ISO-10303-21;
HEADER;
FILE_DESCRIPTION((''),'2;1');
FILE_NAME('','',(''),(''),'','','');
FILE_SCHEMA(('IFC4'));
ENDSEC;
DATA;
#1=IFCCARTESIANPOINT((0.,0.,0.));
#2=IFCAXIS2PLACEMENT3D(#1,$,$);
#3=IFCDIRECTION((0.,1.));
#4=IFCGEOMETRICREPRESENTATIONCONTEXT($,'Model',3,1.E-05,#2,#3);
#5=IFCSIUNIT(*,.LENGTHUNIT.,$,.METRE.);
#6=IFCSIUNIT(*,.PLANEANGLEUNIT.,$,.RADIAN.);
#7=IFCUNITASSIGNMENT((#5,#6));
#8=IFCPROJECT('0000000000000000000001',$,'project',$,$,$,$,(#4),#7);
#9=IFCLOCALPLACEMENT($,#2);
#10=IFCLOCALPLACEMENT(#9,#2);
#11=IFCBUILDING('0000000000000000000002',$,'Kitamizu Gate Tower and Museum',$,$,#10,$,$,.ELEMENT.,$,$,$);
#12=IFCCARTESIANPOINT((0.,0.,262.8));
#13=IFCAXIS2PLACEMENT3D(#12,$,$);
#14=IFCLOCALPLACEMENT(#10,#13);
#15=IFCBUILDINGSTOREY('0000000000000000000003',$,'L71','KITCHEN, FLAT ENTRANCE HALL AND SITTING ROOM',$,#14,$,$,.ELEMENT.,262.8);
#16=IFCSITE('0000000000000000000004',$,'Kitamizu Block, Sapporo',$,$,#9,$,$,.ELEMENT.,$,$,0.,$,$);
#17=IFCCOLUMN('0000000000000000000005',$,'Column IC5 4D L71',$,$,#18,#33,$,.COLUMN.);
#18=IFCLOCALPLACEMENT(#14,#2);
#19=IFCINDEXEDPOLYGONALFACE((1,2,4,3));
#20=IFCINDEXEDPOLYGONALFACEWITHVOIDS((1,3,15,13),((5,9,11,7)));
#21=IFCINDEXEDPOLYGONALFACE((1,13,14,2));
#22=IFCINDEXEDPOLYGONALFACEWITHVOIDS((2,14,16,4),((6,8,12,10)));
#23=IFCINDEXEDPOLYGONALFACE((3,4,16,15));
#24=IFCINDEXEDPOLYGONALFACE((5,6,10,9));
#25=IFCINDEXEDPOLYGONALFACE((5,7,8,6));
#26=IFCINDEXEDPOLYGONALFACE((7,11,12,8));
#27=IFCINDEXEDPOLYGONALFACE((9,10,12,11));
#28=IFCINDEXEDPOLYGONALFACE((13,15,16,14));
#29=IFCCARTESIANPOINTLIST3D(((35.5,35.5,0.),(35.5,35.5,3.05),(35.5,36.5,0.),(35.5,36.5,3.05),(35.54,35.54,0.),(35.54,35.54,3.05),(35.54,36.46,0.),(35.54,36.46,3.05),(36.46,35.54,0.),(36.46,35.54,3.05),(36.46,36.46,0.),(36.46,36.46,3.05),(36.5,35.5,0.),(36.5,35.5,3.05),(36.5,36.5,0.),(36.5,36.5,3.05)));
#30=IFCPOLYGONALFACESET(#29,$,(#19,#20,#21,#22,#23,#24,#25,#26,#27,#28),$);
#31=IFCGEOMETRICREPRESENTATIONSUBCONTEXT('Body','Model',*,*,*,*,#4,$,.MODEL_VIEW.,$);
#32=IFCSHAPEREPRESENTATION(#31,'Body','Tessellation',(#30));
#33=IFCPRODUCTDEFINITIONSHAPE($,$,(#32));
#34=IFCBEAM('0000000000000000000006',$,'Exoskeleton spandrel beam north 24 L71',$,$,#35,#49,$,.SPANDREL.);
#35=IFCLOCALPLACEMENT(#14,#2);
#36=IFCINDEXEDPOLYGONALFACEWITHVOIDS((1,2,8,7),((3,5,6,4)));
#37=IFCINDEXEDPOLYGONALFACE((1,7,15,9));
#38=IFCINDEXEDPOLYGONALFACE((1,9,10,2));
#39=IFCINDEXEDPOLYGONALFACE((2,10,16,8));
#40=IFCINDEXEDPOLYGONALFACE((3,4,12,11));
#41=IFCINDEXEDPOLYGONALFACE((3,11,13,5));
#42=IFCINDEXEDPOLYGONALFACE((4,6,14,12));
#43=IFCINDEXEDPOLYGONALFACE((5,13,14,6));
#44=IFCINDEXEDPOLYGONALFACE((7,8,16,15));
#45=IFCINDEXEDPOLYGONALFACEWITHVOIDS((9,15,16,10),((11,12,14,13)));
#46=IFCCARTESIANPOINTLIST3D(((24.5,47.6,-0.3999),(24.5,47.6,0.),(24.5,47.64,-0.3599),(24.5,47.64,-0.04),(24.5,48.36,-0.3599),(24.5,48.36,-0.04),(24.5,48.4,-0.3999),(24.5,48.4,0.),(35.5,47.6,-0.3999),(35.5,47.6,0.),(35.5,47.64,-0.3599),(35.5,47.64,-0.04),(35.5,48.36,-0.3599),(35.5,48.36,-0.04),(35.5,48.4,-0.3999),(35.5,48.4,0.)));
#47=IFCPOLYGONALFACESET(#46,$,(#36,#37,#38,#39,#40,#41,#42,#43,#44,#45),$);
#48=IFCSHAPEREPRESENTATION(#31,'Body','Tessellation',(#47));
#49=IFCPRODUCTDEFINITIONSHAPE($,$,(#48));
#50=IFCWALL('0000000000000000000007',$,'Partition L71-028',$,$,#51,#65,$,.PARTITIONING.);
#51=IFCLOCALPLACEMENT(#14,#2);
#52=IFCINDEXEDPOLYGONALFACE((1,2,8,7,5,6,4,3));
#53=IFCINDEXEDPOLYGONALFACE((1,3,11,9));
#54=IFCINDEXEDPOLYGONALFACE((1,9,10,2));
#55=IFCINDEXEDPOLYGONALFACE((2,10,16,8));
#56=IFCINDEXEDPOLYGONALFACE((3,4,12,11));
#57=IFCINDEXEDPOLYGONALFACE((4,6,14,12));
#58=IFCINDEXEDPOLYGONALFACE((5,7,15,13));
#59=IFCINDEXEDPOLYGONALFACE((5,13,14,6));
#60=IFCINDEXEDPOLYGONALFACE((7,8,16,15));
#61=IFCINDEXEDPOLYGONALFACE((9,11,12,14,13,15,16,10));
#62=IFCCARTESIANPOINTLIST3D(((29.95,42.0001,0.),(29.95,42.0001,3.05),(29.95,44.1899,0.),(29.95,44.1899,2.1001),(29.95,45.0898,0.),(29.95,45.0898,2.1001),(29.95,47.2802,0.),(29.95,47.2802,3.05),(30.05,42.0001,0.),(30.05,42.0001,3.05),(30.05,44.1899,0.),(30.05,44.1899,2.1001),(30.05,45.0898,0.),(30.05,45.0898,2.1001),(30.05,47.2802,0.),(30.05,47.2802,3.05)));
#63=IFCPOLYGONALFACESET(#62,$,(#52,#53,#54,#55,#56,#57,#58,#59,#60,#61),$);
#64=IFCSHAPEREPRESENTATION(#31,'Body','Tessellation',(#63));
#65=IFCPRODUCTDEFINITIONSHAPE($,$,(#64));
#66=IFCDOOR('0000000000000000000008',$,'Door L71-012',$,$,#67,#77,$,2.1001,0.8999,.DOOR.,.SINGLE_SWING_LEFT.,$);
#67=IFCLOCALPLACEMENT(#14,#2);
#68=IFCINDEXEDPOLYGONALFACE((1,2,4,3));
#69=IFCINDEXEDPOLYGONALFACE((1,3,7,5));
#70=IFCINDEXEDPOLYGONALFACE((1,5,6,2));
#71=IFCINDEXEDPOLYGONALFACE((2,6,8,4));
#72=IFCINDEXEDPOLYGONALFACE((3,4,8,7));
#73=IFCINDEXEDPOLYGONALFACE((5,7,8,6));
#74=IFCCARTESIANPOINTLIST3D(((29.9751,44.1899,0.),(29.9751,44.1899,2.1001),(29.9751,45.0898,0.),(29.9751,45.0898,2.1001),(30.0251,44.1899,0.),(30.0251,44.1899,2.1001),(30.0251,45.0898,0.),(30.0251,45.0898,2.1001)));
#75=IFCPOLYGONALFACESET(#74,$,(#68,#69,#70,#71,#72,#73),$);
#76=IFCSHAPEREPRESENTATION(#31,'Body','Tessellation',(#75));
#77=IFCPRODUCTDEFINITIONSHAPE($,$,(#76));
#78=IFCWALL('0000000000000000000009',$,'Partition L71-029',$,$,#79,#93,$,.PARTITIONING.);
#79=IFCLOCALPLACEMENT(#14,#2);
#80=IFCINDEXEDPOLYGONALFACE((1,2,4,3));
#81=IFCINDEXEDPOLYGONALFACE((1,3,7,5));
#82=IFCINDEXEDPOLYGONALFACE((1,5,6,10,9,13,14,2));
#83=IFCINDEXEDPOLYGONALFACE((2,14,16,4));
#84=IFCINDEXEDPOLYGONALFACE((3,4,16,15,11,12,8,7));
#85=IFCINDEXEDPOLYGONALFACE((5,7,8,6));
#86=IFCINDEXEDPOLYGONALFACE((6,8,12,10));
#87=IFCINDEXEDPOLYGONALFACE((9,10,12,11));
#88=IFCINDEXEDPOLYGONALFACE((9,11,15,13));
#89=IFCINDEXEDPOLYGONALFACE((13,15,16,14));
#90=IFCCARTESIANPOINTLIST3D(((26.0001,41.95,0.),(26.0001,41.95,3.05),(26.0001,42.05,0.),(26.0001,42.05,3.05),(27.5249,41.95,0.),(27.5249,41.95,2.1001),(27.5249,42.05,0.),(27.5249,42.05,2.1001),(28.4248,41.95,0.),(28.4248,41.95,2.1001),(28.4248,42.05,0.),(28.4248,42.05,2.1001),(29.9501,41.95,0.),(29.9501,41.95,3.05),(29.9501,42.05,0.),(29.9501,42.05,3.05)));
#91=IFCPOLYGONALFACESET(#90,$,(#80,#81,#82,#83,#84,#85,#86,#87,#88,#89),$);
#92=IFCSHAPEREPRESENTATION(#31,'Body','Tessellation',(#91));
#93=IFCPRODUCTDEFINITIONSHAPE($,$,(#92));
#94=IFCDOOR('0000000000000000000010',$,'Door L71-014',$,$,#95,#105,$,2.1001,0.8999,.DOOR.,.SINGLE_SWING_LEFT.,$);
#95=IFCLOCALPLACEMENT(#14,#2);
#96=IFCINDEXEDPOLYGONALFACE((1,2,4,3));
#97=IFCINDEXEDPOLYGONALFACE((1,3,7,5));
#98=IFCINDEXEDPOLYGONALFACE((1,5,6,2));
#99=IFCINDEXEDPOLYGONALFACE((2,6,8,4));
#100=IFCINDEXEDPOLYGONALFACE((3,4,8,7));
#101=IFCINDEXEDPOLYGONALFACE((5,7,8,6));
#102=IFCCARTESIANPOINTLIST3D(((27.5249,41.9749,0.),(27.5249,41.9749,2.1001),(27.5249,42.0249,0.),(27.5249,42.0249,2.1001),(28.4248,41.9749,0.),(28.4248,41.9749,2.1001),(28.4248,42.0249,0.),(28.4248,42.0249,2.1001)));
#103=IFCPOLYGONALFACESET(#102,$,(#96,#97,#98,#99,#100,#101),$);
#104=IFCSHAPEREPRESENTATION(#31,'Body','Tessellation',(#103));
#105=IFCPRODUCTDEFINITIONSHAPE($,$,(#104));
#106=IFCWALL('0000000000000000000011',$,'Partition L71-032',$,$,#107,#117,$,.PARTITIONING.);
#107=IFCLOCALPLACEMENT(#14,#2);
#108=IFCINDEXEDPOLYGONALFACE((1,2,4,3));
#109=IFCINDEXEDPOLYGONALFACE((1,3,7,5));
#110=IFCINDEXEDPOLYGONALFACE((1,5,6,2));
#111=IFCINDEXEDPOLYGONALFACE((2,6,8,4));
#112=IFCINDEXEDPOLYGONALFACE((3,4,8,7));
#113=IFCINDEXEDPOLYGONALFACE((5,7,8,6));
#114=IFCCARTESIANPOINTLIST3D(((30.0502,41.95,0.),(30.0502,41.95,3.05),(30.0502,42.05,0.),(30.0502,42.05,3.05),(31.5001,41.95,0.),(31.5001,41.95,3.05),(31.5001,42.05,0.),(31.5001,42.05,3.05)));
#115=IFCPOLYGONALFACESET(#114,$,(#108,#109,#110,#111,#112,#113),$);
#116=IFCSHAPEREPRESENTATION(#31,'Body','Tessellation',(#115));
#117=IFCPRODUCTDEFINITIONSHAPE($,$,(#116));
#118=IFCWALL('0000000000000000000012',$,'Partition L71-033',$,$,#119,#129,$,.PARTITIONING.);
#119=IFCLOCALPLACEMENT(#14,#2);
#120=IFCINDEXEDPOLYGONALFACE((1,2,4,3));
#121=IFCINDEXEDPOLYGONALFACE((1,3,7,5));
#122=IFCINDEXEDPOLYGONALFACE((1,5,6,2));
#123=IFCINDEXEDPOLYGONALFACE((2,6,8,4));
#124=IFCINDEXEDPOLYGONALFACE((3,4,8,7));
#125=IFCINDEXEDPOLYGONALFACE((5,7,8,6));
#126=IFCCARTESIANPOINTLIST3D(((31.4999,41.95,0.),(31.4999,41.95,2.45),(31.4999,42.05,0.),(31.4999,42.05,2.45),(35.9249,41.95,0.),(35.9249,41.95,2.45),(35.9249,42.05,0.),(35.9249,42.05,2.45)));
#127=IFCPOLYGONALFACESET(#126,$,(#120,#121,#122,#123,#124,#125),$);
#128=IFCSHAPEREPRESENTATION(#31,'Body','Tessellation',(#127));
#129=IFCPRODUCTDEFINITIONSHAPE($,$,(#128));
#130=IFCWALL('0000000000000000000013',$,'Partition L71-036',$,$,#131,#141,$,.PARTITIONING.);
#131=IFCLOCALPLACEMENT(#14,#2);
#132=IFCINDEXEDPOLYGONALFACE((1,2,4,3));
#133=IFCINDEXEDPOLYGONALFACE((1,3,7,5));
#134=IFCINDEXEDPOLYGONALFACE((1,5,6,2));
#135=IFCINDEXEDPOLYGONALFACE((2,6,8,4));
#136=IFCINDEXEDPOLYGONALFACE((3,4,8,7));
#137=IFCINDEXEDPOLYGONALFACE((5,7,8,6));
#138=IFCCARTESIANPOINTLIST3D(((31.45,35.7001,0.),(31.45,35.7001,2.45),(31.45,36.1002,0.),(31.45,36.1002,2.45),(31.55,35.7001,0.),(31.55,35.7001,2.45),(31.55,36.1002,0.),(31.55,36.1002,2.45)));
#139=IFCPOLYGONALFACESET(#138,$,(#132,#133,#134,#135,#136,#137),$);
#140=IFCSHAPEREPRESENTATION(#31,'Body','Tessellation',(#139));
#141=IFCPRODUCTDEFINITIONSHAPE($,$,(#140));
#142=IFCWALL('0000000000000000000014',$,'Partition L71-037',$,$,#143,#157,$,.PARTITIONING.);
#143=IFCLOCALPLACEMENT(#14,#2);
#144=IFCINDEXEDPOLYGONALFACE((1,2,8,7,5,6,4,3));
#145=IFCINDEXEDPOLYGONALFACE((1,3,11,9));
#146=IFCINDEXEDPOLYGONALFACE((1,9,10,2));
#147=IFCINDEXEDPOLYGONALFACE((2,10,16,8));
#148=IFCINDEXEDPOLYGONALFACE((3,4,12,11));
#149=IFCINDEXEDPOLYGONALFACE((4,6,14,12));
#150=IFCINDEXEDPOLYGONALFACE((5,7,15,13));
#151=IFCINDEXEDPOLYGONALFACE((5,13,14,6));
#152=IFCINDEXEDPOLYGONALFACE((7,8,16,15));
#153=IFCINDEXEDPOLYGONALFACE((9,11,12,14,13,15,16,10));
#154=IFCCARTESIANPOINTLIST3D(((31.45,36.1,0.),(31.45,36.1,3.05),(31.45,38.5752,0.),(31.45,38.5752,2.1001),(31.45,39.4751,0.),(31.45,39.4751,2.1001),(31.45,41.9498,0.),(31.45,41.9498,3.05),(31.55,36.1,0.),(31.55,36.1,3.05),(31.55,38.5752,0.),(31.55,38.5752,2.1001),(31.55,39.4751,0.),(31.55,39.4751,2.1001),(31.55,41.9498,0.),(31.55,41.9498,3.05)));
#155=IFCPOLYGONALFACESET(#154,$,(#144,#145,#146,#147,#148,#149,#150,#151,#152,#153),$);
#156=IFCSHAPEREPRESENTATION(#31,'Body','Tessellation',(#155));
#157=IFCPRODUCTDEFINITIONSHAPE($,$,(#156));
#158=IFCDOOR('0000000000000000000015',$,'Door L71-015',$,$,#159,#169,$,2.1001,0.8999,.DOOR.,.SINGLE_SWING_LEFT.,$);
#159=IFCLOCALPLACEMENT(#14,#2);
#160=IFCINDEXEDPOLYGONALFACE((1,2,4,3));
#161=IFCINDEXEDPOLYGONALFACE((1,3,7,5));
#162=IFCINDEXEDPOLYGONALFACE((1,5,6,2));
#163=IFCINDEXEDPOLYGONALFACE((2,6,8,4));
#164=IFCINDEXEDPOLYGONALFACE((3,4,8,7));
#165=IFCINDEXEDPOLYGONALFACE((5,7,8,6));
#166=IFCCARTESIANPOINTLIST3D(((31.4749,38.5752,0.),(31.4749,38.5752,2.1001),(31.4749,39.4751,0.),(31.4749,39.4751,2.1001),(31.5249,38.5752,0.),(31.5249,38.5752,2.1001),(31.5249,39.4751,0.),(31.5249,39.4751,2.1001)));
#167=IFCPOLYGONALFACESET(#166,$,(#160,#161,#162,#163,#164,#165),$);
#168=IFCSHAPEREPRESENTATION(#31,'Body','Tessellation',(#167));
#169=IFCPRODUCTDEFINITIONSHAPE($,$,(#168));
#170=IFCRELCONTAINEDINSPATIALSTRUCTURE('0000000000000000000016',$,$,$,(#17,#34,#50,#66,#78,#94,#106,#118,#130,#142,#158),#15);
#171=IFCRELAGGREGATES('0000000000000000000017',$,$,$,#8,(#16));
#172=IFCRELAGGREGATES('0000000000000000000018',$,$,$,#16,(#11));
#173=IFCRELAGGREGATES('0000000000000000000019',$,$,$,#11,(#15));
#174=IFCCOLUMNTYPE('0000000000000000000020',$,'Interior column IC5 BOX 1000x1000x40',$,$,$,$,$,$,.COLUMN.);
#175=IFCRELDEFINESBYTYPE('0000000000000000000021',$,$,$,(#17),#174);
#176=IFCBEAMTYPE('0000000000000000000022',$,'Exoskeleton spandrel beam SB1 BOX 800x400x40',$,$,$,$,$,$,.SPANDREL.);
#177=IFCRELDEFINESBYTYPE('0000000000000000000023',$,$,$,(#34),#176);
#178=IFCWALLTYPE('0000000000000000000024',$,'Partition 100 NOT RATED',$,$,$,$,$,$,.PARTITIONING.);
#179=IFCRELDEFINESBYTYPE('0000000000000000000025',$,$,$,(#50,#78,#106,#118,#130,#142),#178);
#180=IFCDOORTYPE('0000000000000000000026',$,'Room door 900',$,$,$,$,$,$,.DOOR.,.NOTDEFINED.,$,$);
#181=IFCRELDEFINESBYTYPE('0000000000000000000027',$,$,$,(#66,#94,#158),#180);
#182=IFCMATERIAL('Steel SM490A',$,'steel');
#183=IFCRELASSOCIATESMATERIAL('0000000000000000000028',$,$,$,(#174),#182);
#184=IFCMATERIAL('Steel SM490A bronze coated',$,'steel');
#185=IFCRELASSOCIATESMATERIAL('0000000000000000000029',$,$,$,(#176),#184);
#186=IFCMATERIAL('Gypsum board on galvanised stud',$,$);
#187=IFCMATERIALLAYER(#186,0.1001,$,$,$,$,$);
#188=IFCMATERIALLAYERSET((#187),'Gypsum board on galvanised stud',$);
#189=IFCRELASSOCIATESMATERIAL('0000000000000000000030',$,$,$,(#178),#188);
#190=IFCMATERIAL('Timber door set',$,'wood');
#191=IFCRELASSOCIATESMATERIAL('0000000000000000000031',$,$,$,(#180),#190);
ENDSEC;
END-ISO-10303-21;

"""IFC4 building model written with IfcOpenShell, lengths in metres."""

from ifc_helpers import new_model, si_unit, direction, frame, frame_2d, origin, origin_2d, place, context, subcontext, project, spatial, rectangle, hollow_rectangle, extrude, material, layer, layer_set, material_profile, profile_set, type_object, element, fill, save


model = new_model("IFC4")

# Units and contexts
model_context = context("Model", 3, precision=1e-05, world=origin(), true_north=direction((0.0, 1.0)))
body_context = subcontext(model_context, "Body", "Model", "MODEL_VIEW")
ifc_project = project(units=[si_unit("LENGTHUNIT", "METRE"), si_unit("PLANEANGLEUNIT", "RADIAN")], contexts=[model_context])

# Site, building, storey
site_placement = place(None, origin())
site = spatial("IfcSite", under=ifc_project, at=site_placement, Name="Kitamizu Block, Sapporo", CompositionType="ELEMENT", RefElevation=0.0)
building_placement = place(site_placement, origin())
building = spatial("IfcBuilding", under=site, at=building_placement, Name="Kitamizu Gate Tower and Museum", CompositionType="ELEMENT")
storey_placement = place(building_placement, frame((0.0, 0.0, 262.8)))
storey = spatial("IfcBuildingStorey", under=building, at=storey_placement, Name="L71", Description="KITCHEN, FLAT ENTRANCE HALL AND SITTING ROOM", CompositionType="ELEMENT", Elevation=262.8)

# Column
ifc_material_1 = material(Name="Steel SM490A", Category="steel")
ifc_material_profile_1 = material_profile(ifc_material_1, hollow_rectangle(XDim=1.0, YDim=1.0, WallThickness=0.04, at=origin_2d()), Name="BOX 1000x1000x40")
ifc_profile_set_1 = profile_set([ifc_material_profile_1], Name="Steel SM490A")
column_type = type_object("IfcColumnType", Name="Interior column IC5 BOX 1000x1000x40", PredefinedType="COLUMN", material=ifc_profile_set_1)
column_placement = place(storey_placement, frame((36.0, 36.0, 0.0), z_axis=(0.0, 0.0, 1.0), x_axis=(1.0, 0.0, 0.0)))
element("IfcColumn", 1, at=column_placement, inside=storey, type_object=column_type, Name="Column IC5 4D L71", PredefinedType="COLUMN", context=body_context, shape_type="SweptSolid", body=[
    extrude(hollow_rectangle(XDim=1.0, YDim=1.0, WallThickness=0.04, at=origin_2d()), origin(), (0.0, 0.0, 1.0), 3.05),
])

# Beam
ifc_material_2 = material(Name="Steel SM490A bronze coated", Category="steel")
ifc_material_profile_2 = material_profile(ifc_material_2, hollow_rectangle(XDim=0.8, YDim=0.3999, WallThickness=0.04, at=origin_2d()), Name="BOX 800x400x40")
ifc_profile_set_2 = profile_set([ifc_material_profile_2], Name="Steel SM490A bronze coated")
beam_type = type_object("IfcBeamType", Name="Exoskeleton spandrel beam SB1 BOX 800x400x40", PredefinedType="SPANDREL", material=ifc_profile_set_2)
beam_placement = place(storey_placement, frame((24.5, 48.0, -0.2), z_axis=(1.0, 0.0, 0.0), x_axis=(0.0, 1.0, 0.0)))
element("IfcBeam", 2, at=beam_placement, inside=storey, type_object=beam_type, Name="Exoskeleton spandrel beam north 24 L71", PredefinedType="SPANDREL", context=body_context, shape_type="SweptSolid", body=[
    extrude(hollow_rectangle(XDim=0.8, YDim=0.3999, WallThickness=0.04, at=origin_2d()), origin(), (0.0, 0.0, 1.0), 11.0),
])

# Walls, openings, doors
ifc_material_3 = material(Name="Gypsum board on galvanised stud")
ifc_layer_1 = layer(ifc_material_3, 0.1001)
ifc_layer_set_1 = layer_set([ifc_layer_1], Name="Gypsum board on galvanised stud")
wall_type_1 = type_object("IfcWallType", Name="Partition 100 NOT RATED", PredefinedType="PARTITIONING", material=ifc_layer_set_1)
wall_1_placement = place(storey_placement, frame((30.0, 42.0, 0.0), z_axis=(0.0, 0.0, 1.0), x_axis=(0.0, 1.0, 0.0)))
wall_1 = element("IfcWall", 3, at=wall_1_placement, inside=storey, type_object=wall_type_1, Name="Partition L71-028", PredefinedType="PARTITIONING", context=body_context, shape_type="SweptSolid", body=[
    extrude(rectangle(XDim=5.28, YDim=0.1001, at=frame_2d((2.6401, 0.0))), origin(), (0.0, 0.0, 1.0), 3.05),
])
opening_1_placement = place(wall_1_placement, frame((2.1899, 0.0, 0.0)))
opening_1 = element("IfcOpeningElement", 4, at=opening_1_placement, cuts=wall_1, PredefinedType="OPENING", context=body_context, shape_type="SweptSolid", body=[
    extrude(rectangle(XDim=0.8999, YDim=2.1001, at=frame_2d((0.45, 1.05))), frame((0.0, 0.0601, 0.0), z_axis=(0.0, -1.0, 0.0), x_axis=(1.0, 0.0, 0.0)), (0.0, 0.0, 1.0), 0.1201),
])
ifc_material_4 = material(Name="Timber door set", Category="wood")
door_type_1 = type_object("IfcDoorType", Name="Room door 900", OperationType="NOTDEFINED", PredefinedType="DOOR", material=ifc_material_4)
door_1_placement = place(opening_1_placement, origin())
door_1 = element("IfcDoor", 5, at=door_1_placement, inside=storey, type_object=door_type_1, Name="Door L71-012", OperationType="SINGLE_SWING_LEFT", OverallHeight=2.1001, OverallWidth=0.8999, PredefinedType="DOOR", context=body_context, shape_type="SweptSolid", body=[
    extrude(rectangle(XDim=0.8999, YDim=2.1001, at=frame_2d((0.45, 1.05))), frame((0.0, 0.0249, 0.0), z_axis=(0.0, -1.0, 0.0), x_axis=(1.0, 0.0, 0.0)), (0.0, 0.0, 1.0), 0.05),
])
fill(opening_1, door_1)
wall_2_placement = place(storey_placement, frame((26.0, 42.0, 0.0), z_axis=(0.0, 0.0, 1.0), x_axis=(1.0, 0.0, 0.0)))
wall_2 = element("IfcWall", 6, at=wall_2_placement, inside=storey, type_object=wall_type_1, Name="Partition L71-029", PredefinedType="PARTITIONING", context=body_context, shape_type="SweptSolid", body=[
    extrude(rectangle(XDim=3.95, YDim=0.1001, at=frame_2d((1.9751, 0.0))), origin(), (0.0, 0.0, 1.0), 3.05),
])
opening_2_placement = place(wall_2_placement, frame((1.5249, 0.0, 0.0)))
opening_2 = element("IfcOpeningElement", 7, at=opening_2_placement, cuts=wall_2, PredefinedType="OPENING", context=body_context, shape_type="SweptSolid", body=[
    extrude(rectangle(XDim=0.8999, YDim=2.1001, at=frame_2d((0.45, 1.05))), frame((0.0, 0.0601, 0.0), z_axis=(0.0, -1.0, 0.0), x_axis=(1.0, 0.0, 0.0)), (0.0, 0.0, 1.0), 0.1201),
])
door_2_placement = place(opening_2_placement, origin())
door_2 = element("IfcDoor", 8, at=door_2_placement, inside=storey, type_object=door_type_1, Name="Door L71-014", OperationType="SINGLE_SWING_LEFT", OverallHeight=2.1001, OverallWidth=0.8999, PredefinedType="DOOR", context=body_context, shape_type="SweptSolid", body=[
    extrude(rectangle(XDim=0.8999, YDim=2.1001, at=frame_2d((0.45, 1.05))), frame((0.0, 0.0249, 0.0), z_axis=(0.0, -1.0, 0.0), x_axis=(1.0, 0.0, 0.0)), (0.0, 0.0, 1.0), 0.05),
])
fill(opening_2, door_2)

# Walls
wall_3_placement = place(storey_placement, frame((30.05, 42.0, 0.0), z_axis=(0.0, 0.0, 1.0), x_axis=(1.0, 0.0, 0.0)))
element("IfcWall", 9, at=wall_3_placement, inside=storey, type_object=wall_type_1, Name="Partition L71-032", PredefinedType="PARTITIONING", context=body_context, shape_type="SweptSolid", body=[
    extrude(rectangle(XDim=1.45, YDim=0.1001, at=frame_2d((0.7251, 0.0))), origin(), (0.0, 0.0, 1.0), 3.05),
])
wall_4_placement = place(storey_placement, frame((31.5, 42.0, 0.0), z_axis=(0.0, 0.0, 1.0), x_axis=(1.0, 0.0, 0.0)))
element("IfcWall", 10, at=wall_4_placement, inside=storey, type_object=wall_type_1, Name="Partition L71-033", PredefinedType="PARTITIONING", context=body_context, shape_type="SweptSolid", body=[
    extrude(rectangle(XDim=4.425, YDim=0.1001, at=frame_2d((2.2124, 0.0))), origin(), (0.0, 0.0, 1.0), 2.45),
])
wall_5_placement = place(storey_placement, frame((31.5, 35.7, 0.0), z_axis=(0.0, 0.0, 1.0), x_axis=(0.0, 1.0, 0.0)))
element("IfcWall", 11, at=wall_5_placement, inside=storey, type_object=wall_type_1, Name="Partition L71-036", PredefinedType="PARTITIONING", context=body_context, shape_type="SweptSolid", body=[
    extrude(rectangle(XDim=0.4001, YDim=0.1001, at=frame_2d((0.2002, 0.0))), origin(), (0.0, 0.0, 1.0), 2.45),
])

# Wall, opening, door
wall_6_placement = place(storey_placement, frame((31.5, 36.1001, 0.0), z_axis=(0.0, 0.0, 1.0), x_axis=(0.0, 1.0, 0.0)))
wall_6 = element("IfcWall", 12, at=wall_6_placement, inside=storey, type_object=wall_type_1, Name="Partition L71-037", PredefinedType="PARTITIONING", context=body_context, shape_type="SweptSolid", body=[
    extrude(rectangle(XDim=5.8499, YDim=0.1001, at=frame_2d((2.9248, 0.0))), origin(), (0.0, 0.0, 1.0), 3.05),
])
opening_3_placement = place(wall_6_placement, frame((2.4751, 0.0, 0.0)))
opening_3 = element("IfcOpeningElement", 13, at=opening_3_placement, cuts=wall_6, PredefinedType="OPENING", context=body_context, shape_type="SweptSolid", body=[
    extrude(rectangle(XDim=0.8999, YDim=2.1001, at=frame_2d((0.45, 1.05))), frame((0.0, 0.0601, 0.0), z_axis=(0.0, -1.0, 0.0), x_axis=(1.0, 0.0, 0.0)), (0.0, 0.0, 1.0), 0.1201),
])
door_3_placement = place(opening_3_placement, frame((0.8999, 0.0, 0.0), x_axis=(-1.0, 0.0, 0.0)))
door_3 = element("IfcDoor", 14, at=door_3_placement, inside=storey, type_object=door_type_1, Name="Door L71-015", OperationType="SINGLE_SWING_LEFT", OverallHeight=2.1001, OverallWidth=0.8999, PredefinedType="DOOR", context=body_context, shape_type="SweptSolid", body=[
    extrude(rectangle(XDim=0.8999, YDim=2.1001, at=frame_2d((0.45, 1.05))), frame((0.0, 0.0249, 0.0), z_axis=(0.0, -1.0, 0.0), x_axis=(1.0, 0.0, 0.0)), (0.0, 0.0, 1.0), 0.05),
])
fill(opening_3, door_3)

save(model, "model.ifc")
